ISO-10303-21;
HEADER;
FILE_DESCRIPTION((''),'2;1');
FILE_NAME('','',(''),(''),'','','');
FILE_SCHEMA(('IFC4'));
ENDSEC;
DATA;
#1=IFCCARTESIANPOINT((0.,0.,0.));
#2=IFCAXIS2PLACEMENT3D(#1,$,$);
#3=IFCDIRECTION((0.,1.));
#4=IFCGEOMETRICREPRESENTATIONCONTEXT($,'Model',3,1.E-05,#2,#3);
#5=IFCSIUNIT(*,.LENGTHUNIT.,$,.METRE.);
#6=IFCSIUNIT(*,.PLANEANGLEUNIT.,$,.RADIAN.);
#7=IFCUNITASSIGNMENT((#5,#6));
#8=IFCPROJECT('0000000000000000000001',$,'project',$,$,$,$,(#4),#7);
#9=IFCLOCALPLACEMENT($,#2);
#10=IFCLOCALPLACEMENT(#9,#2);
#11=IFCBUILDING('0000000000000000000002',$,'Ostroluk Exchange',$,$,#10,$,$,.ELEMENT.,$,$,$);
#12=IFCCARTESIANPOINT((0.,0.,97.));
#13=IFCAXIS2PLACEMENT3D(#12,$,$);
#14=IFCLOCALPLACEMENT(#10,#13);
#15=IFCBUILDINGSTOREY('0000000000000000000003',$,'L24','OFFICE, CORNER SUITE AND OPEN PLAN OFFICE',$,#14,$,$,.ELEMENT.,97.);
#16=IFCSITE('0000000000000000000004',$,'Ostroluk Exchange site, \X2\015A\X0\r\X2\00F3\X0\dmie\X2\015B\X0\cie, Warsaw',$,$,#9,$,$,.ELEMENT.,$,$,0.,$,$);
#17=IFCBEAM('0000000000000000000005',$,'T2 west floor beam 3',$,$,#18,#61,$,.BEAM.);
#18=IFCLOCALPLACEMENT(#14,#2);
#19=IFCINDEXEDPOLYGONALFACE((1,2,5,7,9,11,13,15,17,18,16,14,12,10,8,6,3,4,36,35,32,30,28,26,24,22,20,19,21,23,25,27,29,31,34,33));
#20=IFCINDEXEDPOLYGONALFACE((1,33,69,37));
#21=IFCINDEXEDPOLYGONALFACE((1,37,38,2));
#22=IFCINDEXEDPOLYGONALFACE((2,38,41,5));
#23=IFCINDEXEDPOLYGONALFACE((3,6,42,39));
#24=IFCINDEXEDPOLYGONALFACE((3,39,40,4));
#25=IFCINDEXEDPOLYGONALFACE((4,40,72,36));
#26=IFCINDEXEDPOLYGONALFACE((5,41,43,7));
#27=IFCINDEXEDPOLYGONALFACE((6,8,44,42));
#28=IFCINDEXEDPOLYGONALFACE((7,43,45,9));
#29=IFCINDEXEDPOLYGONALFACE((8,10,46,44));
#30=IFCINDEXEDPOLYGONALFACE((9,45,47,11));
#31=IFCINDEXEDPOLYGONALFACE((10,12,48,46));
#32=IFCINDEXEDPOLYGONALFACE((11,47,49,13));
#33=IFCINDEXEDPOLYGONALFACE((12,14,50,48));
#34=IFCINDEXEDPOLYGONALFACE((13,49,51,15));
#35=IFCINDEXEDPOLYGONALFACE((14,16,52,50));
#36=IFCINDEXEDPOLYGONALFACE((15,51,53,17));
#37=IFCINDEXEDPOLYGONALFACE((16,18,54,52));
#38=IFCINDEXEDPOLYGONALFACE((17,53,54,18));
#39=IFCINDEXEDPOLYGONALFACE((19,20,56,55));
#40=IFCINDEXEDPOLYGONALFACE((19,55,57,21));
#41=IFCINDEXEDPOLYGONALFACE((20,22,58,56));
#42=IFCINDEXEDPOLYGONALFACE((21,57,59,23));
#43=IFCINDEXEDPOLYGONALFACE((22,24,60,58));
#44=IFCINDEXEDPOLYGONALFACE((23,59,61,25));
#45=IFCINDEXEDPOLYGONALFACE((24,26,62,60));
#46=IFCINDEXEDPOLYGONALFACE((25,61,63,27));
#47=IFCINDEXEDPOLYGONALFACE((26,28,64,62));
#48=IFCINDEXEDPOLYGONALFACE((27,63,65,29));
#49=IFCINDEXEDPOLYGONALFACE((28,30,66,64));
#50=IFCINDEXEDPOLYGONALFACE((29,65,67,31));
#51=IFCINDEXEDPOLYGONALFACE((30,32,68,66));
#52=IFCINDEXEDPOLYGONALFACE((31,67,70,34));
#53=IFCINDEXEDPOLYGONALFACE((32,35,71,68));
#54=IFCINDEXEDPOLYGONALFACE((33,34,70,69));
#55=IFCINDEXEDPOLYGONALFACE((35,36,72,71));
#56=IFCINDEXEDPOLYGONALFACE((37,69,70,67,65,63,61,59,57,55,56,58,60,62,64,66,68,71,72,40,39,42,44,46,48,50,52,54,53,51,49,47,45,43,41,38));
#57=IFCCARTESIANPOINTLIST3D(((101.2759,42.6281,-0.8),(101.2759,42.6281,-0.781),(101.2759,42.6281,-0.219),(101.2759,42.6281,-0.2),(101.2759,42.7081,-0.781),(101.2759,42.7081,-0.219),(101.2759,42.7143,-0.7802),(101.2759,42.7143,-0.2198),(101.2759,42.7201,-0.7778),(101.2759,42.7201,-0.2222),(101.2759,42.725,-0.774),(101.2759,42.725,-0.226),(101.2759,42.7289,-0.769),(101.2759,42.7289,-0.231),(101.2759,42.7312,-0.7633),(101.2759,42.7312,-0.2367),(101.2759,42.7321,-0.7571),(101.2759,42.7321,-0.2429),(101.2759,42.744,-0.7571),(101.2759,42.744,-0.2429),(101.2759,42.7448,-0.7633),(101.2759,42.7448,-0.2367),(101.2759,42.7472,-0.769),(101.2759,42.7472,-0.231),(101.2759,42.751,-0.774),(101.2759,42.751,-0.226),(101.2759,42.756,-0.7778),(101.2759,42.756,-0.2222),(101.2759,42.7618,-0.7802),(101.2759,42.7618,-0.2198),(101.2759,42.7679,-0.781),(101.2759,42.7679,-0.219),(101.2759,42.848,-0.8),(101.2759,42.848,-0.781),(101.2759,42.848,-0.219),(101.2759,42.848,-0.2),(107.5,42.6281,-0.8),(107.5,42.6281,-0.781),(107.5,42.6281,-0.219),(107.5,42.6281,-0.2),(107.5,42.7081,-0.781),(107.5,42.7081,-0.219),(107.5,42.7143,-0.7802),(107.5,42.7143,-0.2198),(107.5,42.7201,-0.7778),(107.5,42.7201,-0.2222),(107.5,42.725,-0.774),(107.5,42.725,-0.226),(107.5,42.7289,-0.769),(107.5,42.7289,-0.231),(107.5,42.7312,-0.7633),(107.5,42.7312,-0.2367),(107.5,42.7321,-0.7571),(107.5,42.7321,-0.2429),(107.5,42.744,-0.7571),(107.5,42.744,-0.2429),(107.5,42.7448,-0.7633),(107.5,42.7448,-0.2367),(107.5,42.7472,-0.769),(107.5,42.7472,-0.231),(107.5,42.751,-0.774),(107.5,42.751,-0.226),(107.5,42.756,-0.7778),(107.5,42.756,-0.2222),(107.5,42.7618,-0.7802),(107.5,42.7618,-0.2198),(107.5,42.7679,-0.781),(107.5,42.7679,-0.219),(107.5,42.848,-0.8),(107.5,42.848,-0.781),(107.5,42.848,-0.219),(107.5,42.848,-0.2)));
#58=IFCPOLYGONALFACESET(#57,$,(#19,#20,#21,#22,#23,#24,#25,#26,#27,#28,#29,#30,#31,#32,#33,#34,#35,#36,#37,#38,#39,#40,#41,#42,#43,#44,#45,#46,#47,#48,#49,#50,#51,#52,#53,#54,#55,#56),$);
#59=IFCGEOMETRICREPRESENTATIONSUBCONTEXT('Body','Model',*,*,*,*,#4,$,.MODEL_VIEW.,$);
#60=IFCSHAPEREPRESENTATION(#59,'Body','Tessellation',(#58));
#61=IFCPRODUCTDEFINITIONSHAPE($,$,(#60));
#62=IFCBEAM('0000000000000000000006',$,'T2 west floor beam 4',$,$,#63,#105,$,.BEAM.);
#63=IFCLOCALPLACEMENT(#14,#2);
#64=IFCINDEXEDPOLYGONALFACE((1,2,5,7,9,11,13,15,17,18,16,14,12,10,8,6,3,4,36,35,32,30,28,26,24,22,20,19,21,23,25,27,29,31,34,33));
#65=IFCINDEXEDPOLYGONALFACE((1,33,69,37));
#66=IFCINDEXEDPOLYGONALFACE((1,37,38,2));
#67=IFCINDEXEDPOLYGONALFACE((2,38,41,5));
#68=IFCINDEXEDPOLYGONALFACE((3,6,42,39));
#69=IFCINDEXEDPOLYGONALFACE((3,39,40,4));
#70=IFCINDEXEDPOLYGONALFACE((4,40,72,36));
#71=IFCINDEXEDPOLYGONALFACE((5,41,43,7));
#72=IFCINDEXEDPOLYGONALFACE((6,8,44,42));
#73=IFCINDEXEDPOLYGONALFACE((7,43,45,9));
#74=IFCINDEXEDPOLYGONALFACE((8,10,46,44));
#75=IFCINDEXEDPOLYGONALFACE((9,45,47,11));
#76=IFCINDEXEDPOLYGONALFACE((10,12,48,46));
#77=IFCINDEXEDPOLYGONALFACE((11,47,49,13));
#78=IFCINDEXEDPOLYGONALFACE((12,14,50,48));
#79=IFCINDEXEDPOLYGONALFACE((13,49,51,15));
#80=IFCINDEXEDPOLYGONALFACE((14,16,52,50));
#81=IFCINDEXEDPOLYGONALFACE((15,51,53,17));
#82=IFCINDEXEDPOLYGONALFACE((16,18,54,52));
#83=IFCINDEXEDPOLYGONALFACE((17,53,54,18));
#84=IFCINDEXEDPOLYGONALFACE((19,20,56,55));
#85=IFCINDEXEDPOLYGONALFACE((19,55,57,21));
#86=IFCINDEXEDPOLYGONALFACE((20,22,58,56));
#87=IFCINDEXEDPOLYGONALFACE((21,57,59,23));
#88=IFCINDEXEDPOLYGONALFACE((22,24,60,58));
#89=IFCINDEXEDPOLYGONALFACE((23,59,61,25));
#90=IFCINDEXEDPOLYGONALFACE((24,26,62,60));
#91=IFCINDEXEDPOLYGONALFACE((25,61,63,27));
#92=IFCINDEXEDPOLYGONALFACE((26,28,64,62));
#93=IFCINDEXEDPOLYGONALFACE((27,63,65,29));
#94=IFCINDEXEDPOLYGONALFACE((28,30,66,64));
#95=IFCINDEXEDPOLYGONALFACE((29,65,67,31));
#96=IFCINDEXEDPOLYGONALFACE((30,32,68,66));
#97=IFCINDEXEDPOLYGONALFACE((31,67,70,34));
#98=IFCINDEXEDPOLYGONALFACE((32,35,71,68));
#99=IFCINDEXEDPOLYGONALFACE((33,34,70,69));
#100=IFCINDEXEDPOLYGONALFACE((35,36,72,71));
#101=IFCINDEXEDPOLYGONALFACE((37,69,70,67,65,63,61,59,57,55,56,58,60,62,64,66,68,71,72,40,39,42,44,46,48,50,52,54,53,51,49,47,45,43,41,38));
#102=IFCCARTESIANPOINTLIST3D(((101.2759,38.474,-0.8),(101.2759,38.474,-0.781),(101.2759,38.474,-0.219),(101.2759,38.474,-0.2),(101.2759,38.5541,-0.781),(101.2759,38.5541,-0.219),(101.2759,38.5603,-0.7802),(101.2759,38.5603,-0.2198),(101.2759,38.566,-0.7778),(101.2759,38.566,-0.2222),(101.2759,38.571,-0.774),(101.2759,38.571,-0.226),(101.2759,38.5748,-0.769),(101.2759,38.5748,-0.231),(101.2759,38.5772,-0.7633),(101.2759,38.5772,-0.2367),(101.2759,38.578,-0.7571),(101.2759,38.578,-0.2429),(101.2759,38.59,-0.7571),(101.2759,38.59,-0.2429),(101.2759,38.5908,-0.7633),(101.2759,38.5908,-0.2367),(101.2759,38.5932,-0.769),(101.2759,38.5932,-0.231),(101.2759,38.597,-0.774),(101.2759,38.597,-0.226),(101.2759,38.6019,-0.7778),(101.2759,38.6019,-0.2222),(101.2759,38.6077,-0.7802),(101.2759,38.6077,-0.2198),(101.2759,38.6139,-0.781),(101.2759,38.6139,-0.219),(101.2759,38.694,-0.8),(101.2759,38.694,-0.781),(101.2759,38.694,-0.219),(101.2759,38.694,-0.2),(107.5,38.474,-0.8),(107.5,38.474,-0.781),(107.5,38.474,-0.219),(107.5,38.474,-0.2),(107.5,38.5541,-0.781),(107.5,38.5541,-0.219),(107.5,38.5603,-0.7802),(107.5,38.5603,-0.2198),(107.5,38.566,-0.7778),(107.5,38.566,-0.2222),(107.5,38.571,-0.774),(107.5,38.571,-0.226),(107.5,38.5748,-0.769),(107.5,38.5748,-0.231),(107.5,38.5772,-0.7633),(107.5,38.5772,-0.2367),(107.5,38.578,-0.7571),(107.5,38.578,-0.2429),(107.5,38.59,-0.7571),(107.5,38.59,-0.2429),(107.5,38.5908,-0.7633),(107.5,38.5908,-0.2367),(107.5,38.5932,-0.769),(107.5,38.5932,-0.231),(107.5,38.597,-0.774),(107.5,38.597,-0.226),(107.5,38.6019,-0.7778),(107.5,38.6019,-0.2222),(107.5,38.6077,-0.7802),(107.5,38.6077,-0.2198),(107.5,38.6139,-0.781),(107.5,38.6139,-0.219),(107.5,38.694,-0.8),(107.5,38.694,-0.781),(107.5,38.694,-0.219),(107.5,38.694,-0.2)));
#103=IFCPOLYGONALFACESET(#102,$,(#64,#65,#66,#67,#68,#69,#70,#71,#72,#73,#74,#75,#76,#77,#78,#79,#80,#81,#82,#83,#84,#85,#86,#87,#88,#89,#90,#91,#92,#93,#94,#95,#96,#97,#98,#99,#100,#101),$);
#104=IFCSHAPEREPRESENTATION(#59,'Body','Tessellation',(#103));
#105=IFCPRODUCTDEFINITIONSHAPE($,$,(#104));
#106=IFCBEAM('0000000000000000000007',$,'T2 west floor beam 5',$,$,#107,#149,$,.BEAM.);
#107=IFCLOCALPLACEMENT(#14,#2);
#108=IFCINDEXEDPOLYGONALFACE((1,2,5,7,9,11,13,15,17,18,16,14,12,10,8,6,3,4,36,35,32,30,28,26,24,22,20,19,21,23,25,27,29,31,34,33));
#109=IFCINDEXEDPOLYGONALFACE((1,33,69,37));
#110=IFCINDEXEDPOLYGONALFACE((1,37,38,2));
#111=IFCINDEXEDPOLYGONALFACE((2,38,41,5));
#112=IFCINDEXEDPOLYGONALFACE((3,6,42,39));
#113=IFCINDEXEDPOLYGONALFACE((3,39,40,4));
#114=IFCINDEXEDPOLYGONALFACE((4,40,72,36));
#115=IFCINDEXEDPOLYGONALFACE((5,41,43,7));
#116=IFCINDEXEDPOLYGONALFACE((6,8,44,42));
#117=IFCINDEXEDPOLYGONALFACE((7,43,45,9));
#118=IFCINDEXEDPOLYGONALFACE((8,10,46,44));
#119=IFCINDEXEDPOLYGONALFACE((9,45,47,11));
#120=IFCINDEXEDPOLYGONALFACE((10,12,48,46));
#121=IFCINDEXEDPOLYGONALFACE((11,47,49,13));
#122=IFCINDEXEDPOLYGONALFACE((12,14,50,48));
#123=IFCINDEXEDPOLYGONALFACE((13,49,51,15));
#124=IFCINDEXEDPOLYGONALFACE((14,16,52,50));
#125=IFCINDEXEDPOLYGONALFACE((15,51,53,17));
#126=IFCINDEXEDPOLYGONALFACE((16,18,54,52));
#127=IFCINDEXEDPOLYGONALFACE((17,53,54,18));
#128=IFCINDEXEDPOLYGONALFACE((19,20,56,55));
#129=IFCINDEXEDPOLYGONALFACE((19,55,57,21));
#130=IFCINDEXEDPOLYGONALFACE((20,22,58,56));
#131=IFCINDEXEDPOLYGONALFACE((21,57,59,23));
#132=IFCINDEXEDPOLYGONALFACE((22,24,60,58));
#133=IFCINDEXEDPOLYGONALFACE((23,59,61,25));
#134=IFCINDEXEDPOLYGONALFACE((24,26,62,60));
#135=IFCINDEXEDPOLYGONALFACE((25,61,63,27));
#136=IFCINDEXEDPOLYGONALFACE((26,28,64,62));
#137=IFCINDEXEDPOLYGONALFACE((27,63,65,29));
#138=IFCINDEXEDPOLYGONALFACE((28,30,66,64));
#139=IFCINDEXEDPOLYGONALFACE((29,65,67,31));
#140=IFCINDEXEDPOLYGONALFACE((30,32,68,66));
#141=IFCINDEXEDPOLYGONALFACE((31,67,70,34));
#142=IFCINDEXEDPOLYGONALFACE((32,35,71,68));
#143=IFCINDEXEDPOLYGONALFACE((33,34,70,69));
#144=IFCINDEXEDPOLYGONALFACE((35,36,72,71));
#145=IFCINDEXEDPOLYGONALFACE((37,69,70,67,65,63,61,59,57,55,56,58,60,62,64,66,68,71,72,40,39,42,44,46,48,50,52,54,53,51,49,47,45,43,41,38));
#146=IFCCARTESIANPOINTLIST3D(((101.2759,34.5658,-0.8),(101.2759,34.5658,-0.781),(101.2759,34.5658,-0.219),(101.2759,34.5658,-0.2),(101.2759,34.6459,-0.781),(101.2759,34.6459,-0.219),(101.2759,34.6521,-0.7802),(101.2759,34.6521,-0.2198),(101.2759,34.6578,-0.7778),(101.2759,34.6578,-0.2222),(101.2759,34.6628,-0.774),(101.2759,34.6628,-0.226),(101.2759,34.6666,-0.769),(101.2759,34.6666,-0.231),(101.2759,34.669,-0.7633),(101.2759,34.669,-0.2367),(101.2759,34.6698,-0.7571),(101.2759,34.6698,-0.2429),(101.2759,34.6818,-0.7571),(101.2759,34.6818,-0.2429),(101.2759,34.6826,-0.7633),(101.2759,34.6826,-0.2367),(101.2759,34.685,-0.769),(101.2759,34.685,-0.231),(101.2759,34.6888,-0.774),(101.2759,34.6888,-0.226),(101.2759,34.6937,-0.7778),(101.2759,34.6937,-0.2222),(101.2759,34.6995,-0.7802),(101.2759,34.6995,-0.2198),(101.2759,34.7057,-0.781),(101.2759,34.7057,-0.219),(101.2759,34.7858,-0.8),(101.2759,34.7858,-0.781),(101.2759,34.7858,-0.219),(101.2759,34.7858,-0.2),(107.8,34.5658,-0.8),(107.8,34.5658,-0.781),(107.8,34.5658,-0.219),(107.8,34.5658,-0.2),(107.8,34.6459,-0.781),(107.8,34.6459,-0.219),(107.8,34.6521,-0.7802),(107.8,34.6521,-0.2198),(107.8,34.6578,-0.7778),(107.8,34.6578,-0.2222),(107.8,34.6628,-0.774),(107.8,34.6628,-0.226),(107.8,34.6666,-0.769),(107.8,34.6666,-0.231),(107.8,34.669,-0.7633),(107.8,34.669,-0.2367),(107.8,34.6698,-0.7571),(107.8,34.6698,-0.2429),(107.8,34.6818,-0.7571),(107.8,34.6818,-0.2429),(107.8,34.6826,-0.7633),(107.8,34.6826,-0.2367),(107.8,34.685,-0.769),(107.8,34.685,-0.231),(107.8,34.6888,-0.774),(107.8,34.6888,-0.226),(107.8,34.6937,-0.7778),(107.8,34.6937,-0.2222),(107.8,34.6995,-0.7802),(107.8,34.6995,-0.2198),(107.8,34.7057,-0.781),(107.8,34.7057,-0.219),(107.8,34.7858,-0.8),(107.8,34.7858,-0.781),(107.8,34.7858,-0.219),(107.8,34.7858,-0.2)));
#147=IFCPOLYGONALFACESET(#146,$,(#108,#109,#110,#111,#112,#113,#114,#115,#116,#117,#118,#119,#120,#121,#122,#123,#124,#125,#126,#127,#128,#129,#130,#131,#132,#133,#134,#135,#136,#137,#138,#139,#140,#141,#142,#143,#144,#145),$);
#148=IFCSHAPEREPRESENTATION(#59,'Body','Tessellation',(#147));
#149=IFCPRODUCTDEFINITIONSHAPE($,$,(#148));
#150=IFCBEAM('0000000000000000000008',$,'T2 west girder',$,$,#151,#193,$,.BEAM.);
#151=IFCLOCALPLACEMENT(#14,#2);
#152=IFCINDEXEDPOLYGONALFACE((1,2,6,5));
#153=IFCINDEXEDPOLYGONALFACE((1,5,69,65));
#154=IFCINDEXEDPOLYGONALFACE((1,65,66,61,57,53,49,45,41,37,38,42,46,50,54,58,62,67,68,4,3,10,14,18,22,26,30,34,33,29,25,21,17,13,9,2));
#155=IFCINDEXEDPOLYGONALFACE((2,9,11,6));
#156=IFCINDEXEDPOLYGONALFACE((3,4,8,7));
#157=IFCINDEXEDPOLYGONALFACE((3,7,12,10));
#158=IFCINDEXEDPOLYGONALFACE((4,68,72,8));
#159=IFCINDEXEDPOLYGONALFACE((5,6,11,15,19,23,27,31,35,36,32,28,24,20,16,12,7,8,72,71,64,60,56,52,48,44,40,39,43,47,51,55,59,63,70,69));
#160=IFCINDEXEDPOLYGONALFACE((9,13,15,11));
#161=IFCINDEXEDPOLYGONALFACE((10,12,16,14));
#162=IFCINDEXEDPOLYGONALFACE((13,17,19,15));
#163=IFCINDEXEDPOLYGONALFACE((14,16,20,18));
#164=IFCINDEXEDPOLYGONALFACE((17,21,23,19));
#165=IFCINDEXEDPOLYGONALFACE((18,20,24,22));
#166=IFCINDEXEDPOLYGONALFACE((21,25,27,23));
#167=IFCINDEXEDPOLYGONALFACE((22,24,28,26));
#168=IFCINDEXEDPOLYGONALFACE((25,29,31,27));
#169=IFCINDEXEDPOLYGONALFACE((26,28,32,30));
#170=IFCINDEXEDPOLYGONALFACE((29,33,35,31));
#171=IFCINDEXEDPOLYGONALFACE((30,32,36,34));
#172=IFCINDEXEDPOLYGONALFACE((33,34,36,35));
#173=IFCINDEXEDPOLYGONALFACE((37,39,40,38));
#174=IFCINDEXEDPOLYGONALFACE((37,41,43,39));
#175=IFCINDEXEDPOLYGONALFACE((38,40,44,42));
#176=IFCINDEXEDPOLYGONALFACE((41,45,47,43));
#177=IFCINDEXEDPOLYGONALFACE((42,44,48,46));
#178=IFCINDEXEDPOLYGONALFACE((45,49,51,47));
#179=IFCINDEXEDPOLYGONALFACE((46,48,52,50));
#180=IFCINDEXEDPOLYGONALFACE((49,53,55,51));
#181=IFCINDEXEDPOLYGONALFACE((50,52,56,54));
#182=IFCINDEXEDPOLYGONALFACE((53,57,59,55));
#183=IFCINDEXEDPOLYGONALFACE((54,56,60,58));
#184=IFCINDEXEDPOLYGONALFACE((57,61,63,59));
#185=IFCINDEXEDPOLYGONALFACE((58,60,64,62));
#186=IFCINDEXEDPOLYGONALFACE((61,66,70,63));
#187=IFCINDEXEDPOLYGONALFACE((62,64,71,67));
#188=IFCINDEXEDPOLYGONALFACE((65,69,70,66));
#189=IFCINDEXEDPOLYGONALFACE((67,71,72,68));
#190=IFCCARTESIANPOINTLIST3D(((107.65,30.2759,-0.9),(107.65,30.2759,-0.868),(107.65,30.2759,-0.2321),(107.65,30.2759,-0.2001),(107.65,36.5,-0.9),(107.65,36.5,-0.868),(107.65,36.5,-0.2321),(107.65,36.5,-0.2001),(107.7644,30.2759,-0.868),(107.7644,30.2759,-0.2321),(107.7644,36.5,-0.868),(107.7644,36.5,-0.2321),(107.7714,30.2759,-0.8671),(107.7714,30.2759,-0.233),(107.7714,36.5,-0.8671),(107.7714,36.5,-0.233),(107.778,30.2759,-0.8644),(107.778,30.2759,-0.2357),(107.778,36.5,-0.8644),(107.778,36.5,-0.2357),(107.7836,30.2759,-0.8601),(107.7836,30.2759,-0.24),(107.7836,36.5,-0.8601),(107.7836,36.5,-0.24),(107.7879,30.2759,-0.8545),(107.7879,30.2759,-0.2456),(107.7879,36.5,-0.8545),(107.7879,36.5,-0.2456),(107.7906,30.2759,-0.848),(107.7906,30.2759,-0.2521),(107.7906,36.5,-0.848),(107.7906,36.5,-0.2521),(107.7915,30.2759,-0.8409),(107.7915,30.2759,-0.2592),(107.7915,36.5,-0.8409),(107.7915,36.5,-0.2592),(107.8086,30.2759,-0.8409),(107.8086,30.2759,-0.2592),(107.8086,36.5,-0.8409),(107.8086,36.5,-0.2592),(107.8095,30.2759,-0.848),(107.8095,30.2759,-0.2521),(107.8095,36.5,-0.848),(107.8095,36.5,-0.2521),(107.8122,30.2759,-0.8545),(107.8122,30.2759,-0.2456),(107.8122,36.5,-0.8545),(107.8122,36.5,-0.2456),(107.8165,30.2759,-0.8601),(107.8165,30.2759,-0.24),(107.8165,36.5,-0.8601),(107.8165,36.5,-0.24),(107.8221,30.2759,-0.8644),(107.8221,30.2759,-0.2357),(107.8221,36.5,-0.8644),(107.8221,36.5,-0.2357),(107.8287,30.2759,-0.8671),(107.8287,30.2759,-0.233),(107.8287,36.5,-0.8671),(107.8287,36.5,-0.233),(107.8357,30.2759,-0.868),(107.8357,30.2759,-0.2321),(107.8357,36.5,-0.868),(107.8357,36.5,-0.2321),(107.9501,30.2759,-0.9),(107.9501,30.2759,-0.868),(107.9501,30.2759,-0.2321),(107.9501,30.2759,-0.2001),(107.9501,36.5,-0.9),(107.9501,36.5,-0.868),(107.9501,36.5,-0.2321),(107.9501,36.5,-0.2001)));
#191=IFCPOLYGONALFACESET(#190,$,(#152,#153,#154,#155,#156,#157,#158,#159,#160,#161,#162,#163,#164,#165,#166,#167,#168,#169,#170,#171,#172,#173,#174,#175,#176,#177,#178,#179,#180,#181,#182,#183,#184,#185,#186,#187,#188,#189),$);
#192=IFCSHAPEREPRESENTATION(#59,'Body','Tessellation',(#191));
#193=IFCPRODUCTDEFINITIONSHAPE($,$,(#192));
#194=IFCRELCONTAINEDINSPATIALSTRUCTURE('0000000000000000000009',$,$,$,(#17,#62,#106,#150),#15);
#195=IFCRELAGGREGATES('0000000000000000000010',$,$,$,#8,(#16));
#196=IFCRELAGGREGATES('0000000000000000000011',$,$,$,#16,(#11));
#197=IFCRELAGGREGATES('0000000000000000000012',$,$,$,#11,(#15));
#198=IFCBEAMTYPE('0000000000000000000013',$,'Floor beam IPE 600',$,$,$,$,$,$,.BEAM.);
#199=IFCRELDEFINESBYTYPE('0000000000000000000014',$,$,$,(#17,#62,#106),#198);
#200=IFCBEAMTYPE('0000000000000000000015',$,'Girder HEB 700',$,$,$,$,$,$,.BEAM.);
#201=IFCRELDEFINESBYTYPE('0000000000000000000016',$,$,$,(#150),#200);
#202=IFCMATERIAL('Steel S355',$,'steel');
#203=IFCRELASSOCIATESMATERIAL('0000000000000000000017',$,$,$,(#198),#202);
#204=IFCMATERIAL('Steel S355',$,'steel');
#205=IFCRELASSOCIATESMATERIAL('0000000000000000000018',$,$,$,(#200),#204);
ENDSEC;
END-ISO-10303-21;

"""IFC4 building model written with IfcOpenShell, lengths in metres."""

from ifc_helpers import new_model, si_unit, direction, frame, origin, origin_2d, place, context, subcontext, project, spatial, i_section, extrude, material, material_profile, profile_set, type_object, element, save


model = new_model("IFC4")

# Units and contexts
model_context = context("Model", 3, precision=1e-05, world=origin(), true_north=direction((0.0, 1.0)))
body_context = subcontext(model_context, "Body", "Model", "MODEL_VIEW")
ifc_project = project(units=[si_unit("LENGTHUNIT", "METRE"), si_unit("PLANEANGLEUNIT", "RADIAN")], contexts=[model_context])

# Site, building, storey
site_placement = place(None, origin())
site = spatial("IfcSite", under=ifc_project, at=site_placement, Name="Ostroluk Exchange site, Śródmieście, Warsaw", CompositionType="ELEMENT", RefElevation=0.0)
building_placement = place(site_placement, origin())
building = spatial("IfcBuilding", under=site, at=building_placement, Name="Ostroluk Exchange", CompositionType="ELEMENT")
storey_placement = place(building_placement, frame((0.0, 0.0, 97.0)))
storey = spatial("IfcBuildingStorey", under=building, at=storey_placement, Name="L24", Description="OFFICE, CORNER SUITE AND OPEN PLAN OFFICE", CompositionType="ELEMENT", Elevation=97.0)

# Beams
ifc_material_1 = material(Name="Steel S355", Category="steel")
ifc_material_profile_1 = material_profile(ifc_material_1, i_section(OverallWidth=0.22, OverallDepth=0.6001, WebThickness=0.012, FlangeThickness=0.019, FilletRadius=0.0239, at=origin_2d()), Name="IPE 600")
ifc_profile_set_1 = profile_set([ifc_material_profile_1], Name="Steel S355")
beam_type_1 = type_object("IfcBeamType", Name="Floor beam IPE 600", PredefinedType="BEAM", material=ifc_profile_set_1)
for number, where, z_axis, x_axis, name in (
    (1, (107.5, 42.738, -0.5), (-1.0, 0.0, 0.0), (0.0, -1.0, 0.0), "T2 west floor beam 3"),
    (2, (107.5, 38.584, -0.5), (-1.0, 0.0, 0.0), (0.0, -1.0, 0.0), "T2 west floor beam 4"),
):
    element("IfcBeam", number, at=place(storey_placement, frame(where, z_axis=z_axis, x_axis=x_axis)), inside=storey, type_object=beam_type_1, Name=name, PredefinedType="BEAM", context=body_context, shape_type="SweptSolid", body=[
        extrude(i_section(OverallWidth=0.22, OverallDepth=0.6001, WebThickness=0.012, FlangeThickness=0.019, FilletRadius=0.0239, at=origin_2d()), origin(), (0.0, 0.0, 1.0), 6.2241),
    ])
beam_1_placement = place(storey_placement, frame((107.8, 34.6758, -0.5), z_axis=(-1.0, 0.0, 0.0), x_axis=(0.0, -1.0, 0.0)))
element("IfcBeam", 3, at=beam_1_placement, inside=storey, type_object=beam_type_1, Name="T2 west floor beam 5", PredefinedType="BEAM", context=body_context, shape_type="SweptSolid", body=[
    extrude(i_section(OverallWidth=0.22, OverallDepth=0.6001, WebThickness=0.012, FlangeThickness=0.019, FilletRadius=0.0239, at=origin_2d()), origin(), (0.0, 0.0, 1.0), 6.5242),
])
ifc_material_2 = material(Name="Steel S355", Category="steel")
ifc_material_profile_2 = material_profile(ifc_material_2, i_section(OverallWidth=0.3, OverallDepth=0.7, WebThickness=0.0171, FlangeThickness=0.032, FilletRadius=0.0271, at=origin_2d()), Name="HEB 700")
ifc_profile_set_2 = profile_set([ifc_material_profile_2], Name="Steel S355")
beam_type_2 = type_object("IfcBeamType", Name="Girder HEB 700", PredefinedType="BEAM", material=ifc_profile_set_2)
beam_2_placement = place(storey_placement, frame((107.8, 36.5, -0.55), z_axis=(0.0, -1.0, 0.0), x_axis=(1.0, 0.0, 0.0)))
element("IfcBeam", 4, at=beam_2_placement, inside=storey, type_object=beam_type_2, Name="T2 west girder", PredefinedType="BEAM", context=body_context, shape_type="SweptSolid", body=[
    extrude(i_section(OverallWidth=0.3, OverallDepth=0.7, WebThickness=0.0171, FlangeThickness=0.032, FilletRadius=0.0271, at=origin_2d()), origin(), (0.0, 0.0, 1.0), 6.2241),
])

save(model, "model.ifc")
